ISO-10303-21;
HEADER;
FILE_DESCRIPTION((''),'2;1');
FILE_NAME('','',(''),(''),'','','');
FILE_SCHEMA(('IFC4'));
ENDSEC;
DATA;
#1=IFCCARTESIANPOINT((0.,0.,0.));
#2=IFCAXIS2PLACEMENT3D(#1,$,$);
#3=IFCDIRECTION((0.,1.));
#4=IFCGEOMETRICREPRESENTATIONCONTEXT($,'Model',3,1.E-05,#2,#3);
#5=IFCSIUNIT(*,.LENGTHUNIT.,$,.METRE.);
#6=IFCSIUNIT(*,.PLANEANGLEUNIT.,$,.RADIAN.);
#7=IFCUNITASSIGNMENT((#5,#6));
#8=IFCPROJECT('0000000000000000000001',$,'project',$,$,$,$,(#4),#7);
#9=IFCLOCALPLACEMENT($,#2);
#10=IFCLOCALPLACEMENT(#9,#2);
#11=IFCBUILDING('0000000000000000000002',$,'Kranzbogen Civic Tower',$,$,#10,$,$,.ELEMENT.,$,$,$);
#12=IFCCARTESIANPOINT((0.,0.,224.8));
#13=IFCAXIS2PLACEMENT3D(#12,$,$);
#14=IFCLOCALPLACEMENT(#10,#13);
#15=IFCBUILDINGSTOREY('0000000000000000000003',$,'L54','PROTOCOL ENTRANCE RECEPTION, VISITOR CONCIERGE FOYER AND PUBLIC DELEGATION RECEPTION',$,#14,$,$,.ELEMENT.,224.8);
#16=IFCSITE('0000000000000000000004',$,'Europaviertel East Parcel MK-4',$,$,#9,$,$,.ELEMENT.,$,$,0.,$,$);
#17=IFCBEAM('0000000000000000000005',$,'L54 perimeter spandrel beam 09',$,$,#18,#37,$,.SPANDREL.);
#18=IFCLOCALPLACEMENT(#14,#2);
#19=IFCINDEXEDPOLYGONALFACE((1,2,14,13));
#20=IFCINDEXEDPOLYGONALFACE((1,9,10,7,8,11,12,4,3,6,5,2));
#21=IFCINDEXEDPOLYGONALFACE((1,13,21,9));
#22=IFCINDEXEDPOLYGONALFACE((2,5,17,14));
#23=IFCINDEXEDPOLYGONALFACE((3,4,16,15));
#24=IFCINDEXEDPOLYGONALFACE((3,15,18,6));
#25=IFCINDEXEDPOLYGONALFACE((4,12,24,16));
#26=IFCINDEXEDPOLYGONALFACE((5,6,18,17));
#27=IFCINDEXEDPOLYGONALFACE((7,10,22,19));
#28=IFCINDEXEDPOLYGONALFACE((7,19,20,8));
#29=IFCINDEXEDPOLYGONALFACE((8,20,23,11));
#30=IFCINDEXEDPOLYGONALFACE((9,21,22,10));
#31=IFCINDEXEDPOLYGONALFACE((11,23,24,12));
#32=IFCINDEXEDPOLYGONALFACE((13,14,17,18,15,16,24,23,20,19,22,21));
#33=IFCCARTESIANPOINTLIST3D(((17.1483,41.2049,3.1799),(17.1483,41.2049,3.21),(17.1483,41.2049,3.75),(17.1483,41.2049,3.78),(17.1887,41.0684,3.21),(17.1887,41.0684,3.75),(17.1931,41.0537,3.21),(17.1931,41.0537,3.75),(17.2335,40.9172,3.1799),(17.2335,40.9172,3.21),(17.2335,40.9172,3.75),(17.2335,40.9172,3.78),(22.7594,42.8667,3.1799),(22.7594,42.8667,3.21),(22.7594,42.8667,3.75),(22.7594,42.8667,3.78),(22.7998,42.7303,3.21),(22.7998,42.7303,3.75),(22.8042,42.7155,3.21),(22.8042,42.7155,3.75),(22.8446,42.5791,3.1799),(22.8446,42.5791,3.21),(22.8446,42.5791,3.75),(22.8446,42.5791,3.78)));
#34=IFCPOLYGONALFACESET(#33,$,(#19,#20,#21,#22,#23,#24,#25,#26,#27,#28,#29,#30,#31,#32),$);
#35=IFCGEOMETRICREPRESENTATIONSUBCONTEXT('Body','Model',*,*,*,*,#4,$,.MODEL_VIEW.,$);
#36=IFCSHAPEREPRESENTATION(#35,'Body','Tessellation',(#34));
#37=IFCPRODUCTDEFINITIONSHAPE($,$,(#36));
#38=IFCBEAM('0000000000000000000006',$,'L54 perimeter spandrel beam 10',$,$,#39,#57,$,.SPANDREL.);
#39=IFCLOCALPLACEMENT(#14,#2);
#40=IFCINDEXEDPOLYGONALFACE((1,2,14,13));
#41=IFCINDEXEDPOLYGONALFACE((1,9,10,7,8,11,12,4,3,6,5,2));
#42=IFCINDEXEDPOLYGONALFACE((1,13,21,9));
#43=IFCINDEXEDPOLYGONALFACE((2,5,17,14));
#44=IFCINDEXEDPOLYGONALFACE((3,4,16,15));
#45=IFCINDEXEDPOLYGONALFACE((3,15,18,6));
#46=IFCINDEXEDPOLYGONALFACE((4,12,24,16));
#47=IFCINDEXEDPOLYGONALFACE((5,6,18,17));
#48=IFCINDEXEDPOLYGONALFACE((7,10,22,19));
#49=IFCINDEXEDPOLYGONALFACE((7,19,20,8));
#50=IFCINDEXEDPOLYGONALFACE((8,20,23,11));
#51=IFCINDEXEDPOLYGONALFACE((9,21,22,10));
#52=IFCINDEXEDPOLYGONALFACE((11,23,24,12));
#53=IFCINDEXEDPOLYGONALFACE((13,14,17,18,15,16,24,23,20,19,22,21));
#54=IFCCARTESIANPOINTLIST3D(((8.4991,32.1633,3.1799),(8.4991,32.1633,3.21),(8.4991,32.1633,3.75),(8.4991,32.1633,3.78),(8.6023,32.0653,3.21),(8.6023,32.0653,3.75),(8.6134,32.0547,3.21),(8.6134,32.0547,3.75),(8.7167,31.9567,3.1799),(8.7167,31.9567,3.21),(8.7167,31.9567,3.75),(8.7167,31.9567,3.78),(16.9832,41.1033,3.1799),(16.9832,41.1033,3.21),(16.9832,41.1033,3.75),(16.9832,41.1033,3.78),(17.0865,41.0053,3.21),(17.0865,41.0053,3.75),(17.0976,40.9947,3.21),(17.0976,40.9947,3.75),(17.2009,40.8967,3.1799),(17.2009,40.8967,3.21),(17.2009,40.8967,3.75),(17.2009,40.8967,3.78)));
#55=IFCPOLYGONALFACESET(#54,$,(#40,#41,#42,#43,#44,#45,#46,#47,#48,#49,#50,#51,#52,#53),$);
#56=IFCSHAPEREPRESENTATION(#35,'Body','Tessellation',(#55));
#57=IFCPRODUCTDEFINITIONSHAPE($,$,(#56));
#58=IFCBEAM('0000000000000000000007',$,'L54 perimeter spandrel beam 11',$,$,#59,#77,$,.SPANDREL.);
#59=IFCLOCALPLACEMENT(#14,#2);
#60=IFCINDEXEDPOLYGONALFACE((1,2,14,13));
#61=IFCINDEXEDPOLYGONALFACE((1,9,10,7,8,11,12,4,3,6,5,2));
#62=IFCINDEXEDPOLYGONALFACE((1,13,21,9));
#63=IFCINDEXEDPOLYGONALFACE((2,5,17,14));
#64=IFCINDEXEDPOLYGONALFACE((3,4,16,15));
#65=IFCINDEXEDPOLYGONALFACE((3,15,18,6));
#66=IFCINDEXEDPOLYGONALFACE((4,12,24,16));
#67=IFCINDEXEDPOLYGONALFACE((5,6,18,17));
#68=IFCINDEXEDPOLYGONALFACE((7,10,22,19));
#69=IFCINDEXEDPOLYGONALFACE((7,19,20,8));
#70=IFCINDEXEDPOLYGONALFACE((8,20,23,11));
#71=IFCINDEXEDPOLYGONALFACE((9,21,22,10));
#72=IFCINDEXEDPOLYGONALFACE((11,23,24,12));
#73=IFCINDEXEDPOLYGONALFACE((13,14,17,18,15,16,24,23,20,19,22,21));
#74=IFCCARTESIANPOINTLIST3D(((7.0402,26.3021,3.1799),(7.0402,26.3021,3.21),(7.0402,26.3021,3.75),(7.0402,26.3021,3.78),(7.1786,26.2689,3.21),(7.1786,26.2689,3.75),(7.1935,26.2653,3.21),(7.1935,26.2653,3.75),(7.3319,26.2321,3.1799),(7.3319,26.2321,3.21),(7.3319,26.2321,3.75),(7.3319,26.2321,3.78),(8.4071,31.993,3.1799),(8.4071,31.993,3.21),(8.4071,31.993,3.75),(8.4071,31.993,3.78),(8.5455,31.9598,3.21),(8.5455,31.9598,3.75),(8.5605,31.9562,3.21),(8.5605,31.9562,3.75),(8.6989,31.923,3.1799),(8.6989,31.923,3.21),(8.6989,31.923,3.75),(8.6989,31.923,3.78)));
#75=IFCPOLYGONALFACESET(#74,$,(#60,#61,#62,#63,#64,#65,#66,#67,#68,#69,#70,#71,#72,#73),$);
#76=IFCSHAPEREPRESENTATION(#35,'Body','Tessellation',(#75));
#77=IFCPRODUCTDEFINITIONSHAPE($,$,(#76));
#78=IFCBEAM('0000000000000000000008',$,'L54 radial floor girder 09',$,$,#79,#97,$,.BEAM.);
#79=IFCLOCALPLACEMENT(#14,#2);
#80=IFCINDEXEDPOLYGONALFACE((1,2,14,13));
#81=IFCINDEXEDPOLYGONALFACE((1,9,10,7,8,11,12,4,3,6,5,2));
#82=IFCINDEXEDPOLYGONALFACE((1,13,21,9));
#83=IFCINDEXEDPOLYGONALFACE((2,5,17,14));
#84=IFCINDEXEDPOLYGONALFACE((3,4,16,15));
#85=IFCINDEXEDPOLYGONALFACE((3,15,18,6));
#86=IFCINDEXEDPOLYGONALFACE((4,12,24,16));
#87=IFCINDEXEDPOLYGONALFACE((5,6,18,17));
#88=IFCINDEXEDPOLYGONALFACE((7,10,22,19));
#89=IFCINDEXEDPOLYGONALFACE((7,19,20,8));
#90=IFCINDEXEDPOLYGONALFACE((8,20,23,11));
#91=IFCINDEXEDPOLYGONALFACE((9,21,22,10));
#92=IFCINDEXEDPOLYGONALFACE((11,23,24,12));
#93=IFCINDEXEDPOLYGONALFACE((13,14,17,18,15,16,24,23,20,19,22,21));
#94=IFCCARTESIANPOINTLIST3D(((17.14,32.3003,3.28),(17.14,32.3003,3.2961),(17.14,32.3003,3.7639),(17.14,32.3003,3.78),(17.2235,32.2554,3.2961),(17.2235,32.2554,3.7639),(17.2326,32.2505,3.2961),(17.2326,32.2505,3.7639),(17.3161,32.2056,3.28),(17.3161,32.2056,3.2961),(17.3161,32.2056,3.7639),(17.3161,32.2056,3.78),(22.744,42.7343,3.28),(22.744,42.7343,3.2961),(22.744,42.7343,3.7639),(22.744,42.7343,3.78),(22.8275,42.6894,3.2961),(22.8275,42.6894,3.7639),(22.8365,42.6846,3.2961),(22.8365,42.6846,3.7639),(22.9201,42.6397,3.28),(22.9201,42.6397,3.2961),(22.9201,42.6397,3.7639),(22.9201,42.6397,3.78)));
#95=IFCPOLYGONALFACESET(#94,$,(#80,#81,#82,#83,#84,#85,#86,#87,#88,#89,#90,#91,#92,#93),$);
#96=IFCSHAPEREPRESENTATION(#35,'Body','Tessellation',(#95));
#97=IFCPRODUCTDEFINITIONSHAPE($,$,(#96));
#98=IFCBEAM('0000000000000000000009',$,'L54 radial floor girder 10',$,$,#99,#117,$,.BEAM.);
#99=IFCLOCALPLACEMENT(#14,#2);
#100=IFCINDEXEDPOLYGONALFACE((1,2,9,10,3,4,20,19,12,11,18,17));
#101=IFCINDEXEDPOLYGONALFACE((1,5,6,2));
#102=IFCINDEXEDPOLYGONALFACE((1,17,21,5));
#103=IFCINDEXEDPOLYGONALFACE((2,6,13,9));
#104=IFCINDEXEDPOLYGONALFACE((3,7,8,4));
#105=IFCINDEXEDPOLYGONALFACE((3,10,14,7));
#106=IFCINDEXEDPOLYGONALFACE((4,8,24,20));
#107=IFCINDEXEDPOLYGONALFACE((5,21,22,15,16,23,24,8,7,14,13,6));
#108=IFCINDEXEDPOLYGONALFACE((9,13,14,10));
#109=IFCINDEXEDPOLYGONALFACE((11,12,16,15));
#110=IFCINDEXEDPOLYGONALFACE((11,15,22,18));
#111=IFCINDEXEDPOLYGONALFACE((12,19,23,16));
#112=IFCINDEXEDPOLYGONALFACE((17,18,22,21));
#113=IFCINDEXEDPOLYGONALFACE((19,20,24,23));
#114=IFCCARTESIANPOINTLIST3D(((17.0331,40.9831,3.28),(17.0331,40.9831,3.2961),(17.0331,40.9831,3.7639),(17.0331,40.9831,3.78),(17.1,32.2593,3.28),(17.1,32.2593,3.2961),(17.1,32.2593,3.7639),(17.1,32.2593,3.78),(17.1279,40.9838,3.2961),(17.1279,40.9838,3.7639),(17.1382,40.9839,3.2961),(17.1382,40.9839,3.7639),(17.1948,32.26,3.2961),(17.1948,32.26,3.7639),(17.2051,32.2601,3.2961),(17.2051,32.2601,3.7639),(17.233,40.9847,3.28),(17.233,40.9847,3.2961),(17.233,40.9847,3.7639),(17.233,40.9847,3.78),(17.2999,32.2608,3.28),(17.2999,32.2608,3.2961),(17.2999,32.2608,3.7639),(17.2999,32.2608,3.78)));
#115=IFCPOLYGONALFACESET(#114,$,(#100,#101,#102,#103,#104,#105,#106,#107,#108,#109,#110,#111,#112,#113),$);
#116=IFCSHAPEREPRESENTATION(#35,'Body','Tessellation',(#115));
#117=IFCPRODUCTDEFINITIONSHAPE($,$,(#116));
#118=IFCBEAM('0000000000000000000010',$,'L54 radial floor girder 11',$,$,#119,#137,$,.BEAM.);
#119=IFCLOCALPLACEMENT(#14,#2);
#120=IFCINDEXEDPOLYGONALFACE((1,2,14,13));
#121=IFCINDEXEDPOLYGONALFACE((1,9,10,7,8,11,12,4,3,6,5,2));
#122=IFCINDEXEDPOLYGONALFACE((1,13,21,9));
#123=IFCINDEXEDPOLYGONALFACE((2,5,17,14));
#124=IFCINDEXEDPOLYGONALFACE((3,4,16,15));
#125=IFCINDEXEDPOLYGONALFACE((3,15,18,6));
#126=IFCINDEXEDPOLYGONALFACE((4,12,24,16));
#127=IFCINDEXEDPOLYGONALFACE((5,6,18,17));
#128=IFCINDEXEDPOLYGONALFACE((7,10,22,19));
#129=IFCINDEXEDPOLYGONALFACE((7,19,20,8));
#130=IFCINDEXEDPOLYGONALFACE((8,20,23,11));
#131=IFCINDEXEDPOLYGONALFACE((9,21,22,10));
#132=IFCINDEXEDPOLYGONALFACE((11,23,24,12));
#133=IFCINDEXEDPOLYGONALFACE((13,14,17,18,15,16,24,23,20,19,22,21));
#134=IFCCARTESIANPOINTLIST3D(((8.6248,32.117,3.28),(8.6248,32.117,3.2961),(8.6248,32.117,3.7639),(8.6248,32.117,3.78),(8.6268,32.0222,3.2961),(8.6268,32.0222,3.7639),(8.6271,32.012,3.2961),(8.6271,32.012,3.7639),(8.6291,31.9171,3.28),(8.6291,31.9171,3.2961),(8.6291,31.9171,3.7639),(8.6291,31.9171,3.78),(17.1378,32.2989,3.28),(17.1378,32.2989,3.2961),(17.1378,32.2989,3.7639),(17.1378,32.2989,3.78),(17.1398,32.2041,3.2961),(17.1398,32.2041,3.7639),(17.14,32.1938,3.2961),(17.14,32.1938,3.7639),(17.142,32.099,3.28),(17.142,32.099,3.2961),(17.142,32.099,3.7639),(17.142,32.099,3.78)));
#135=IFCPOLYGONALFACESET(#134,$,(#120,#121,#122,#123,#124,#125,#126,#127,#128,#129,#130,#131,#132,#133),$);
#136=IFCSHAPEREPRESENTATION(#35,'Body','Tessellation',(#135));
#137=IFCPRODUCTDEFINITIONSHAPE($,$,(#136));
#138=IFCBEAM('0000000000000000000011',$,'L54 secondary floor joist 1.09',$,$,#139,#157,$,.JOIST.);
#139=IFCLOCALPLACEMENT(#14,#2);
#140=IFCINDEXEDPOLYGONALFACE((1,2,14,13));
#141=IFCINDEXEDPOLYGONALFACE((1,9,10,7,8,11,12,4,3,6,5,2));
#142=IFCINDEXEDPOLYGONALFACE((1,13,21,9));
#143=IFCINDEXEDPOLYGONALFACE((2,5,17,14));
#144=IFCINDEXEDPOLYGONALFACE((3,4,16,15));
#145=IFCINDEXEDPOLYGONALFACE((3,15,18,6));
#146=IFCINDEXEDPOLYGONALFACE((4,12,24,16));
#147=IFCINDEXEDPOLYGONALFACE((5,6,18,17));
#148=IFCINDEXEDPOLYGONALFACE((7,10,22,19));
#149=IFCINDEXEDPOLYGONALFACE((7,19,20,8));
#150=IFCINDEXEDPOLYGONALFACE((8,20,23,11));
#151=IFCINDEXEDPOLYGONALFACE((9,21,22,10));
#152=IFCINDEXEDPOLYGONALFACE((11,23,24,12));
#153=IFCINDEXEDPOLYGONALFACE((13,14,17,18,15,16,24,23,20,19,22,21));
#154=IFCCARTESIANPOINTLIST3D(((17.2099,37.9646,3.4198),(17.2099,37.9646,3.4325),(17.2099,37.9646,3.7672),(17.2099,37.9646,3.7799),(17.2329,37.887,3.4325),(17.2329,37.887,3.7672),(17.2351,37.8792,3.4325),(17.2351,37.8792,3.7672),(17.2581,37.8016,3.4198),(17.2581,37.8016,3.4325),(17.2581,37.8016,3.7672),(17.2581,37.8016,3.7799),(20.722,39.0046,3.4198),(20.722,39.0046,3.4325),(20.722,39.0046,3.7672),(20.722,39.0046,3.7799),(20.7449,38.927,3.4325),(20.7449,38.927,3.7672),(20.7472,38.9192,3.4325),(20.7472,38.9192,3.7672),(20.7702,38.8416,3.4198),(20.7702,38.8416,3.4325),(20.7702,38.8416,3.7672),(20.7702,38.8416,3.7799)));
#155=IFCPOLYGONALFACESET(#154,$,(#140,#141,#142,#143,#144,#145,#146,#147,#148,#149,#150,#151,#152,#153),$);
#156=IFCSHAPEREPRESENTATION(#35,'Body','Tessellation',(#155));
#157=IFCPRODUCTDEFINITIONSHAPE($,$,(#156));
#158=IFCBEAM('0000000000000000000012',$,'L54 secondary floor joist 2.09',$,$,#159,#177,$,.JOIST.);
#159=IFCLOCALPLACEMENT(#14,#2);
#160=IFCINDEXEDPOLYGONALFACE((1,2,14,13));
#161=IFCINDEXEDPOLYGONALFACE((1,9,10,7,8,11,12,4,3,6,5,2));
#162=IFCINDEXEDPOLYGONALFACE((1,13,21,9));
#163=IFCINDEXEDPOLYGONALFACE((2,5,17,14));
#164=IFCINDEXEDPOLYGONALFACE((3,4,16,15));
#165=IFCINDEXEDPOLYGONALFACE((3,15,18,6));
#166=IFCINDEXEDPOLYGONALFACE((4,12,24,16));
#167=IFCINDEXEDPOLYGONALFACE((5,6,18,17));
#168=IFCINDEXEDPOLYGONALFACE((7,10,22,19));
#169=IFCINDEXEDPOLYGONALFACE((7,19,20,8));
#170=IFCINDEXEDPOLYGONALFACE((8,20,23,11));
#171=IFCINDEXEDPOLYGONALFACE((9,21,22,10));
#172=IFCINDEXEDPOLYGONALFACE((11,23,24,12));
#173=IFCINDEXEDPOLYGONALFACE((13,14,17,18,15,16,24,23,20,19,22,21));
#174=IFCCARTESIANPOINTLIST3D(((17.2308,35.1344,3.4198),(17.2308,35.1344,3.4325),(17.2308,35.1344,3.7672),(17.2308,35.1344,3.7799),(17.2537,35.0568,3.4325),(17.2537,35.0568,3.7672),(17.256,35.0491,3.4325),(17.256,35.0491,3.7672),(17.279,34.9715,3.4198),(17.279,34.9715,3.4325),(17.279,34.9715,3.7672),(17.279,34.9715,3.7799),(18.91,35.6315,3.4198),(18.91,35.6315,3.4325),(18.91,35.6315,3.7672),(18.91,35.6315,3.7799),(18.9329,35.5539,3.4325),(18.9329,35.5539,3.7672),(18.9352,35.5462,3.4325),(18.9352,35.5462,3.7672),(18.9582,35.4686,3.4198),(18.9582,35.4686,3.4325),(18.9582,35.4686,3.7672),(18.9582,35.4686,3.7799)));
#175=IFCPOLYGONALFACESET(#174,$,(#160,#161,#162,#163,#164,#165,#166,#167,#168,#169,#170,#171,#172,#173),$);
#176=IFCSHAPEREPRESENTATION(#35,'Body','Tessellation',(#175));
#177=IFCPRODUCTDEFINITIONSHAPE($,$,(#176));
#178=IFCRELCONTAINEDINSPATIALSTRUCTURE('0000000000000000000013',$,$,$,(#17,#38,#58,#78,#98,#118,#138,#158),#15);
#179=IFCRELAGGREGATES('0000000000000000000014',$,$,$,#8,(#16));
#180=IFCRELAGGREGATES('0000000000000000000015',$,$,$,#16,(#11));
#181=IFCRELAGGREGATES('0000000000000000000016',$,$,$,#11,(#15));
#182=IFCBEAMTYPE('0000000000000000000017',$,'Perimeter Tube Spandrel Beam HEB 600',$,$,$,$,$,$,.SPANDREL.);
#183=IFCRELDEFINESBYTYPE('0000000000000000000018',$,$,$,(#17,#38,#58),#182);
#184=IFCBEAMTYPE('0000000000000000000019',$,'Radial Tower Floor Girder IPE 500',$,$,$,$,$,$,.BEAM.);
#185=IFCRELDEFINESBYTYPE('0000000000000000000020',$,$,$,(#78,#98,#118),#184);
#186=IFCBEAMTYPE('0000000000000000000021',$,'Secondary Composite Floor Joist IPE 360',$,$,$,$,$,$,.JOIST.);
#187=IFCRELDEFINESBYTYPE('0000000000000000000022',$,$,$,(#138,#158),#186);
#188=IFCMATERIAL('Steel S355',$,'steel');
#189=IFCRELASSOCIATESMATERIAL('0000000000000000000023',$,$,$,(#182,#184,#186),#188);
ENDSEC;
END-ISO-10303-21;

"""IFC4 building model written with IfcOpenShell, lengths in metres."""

from ifc_helpers import new_model, si_unit, direction, frame, origin, origin_2d, place, context, subcontext, project, spatial, i_section, extrude, material, material_profile, profile_set, type_object, element, save


model = new_model("IFC4")

# Units and contexts
model_context = context("Model", 3, precision=1e-05, world=origin(), true_north=direction((0.0, 1.0)))
body_context = subcontext(model_context, "Body", "Model", "MODEL_VIEW")
ifc_project = project(units=[si_unit("LENGTHUNIT", "METRE"), si_unit("PLANEANGLEUNIT", "RADIAN")], contexts=[model_context])

# Site, building, storey
site_placement = place(None, origin())
site = spatial("IfcSite", under=ifc_project, at=site_placement, Name="Europaviertel East Parcel MK-4", CompositionType="ELEMENT", RefElevation=0.0)
building_placement = place(site_placement, origin())
building = spatial("IfcBuilding", under=site, at=building_placement, Name="Kranzbogen Civic Tower", CompositionType="ELEMENT")
storey_placement = place(building_placement, frame((0.0, 0.0, 224.8)))
storey = spatial("IfcBuildingStorey", under=building, at=storey_placement, Name="L54", Description="PROTOCOL ENTRANCE RECEPTION, VISITOR CONCIERGE FOYER AND PUBLIC DELEGATION RECEPTION", CompositionType="ELEMENT", Elevation=224.8)

# Shared definitions
ifc_material_1 = material(Name="Steel S355", Category="steel")

# Beams
ifc_material_profile_1 = material_profile(ifc_material_1, i_section(OverallWidth=0.3, OverallDepth=0.6001, WebThickness=0.0154, FlangeThickness=0.03, at=origin_2d()), Name="HEB 600")
ifc_profile_set_1 = profile_set([ifc_material_profile_1], Name="Steel S355")
beam_type_1 = type_object("IfcBeamType", Name="Perimeter Tube Spandrel Beam HEB 600", PredefinedType="SPANDREL", material=ifc_profile_set_1)
beam_1_placement = place(storey_placement, frame((22.802, 42.7229, 3.48), z_axis=(-0.95883, -0.283982, 0.0), x_axis=(0.283982, -0.95883, 0.0)))
element("IfcBeam", 1, at=beam_1_placement, inside=storey, type_object=beam_type_1, Name="L54 perimeter spandrel beam 09", PredefinedType="SPANDREL", context=body_context, shape_type="SweptSolid", body=[
    extrude(i_section(OverallWidth=0.3, OverallDepth=0.6001, WebThickness=0.0154, FlangeThickness=0.03, at=origin_2d()), origin(), (0.0, 0.0, 1.0), 5.8521),
])
beam_2_placement = place(storey_placement, frame((17.092, 41.0, 3.48), z_axis=(-0.688373, -0.725356, 0.0), x_axis=(0.725356, -0.688373, 0.0)))
element("IfcBeam", 2, at=beam_2_placement, inside=storey, type_object=beam_type_1, Name="L54 perimeter spandrel beam 10", PredefinedType="SPANDREL", context=body_context, shape_type="SweptSolid", body=[
    extrude(i_section(OverallWidth=0.3, OverallDepth=0.6001, WebThickness=0.0154, FlangeThickness=0.03, at=origin_2d()), origin(), (0.0, 0.0, 1.0), 12.325),
])
beam_3_placement = place(storey_placement, frame((8.553, 31.958, 3.48), z_axis=(-0.233554, -0.972344, 0.0), x_axis=(0.972344, -0.233554, 0.0)))
element("IfcBeam", 3, at=beam_3_placement, inside=storey, type_object=beam_type_1, Name="L54 perimeter spandrel beam 11", PredefinedType="SPANDREL", context=body_context, shape_type="SweptSolid", body=[
    extrude(i_section(OverallWidth=0.3, OverallDepth=0.6001, WebThickness=0.0154, FlangeThickness=0.03, at=origin_2d()), origin(), (0.0, 0.0, 1.0), 5.8528),
])
ifc_material_profile_2 = material_profile(ifc_material_1, i_section(OverallWidth=0.2, OverallDepth=0.5, WebThickness=0.0103, FlangeThickness=0.0161, at=origin_2d()), Name="IPE 500")
ifc_profile_set_2 = profile_set([ifc_material_profile_2], Name="Steel S355")
beam_type_2 = type_object("IfcBeamType", Name="Radial Tower Floor Girder IPE 500", PredefinedType="BEAM", material=ifc_profile_set_2)
beam_4_placement = place(storey_placement, frame((22.832, 42.687, 3.53), z_axis=(-0.47316, -0.880976, 0.0), x_axis=(0.880976, -0.47316, 0.0)))
element("IfcBeam", 4, at=beam_4_placement, inside=storey, type_object=beam_type_2, Name="L54 radial floor girder 09", PredefinedType="BEAM", context=body_context, shape_type="SweptSolid", body=[
    extrude(i_section(OverallWidth=0.2, OverallDepth=0.5, WebThickness=0.0103, FlangeThickness=0.0161, at=origin_2d()), origin(), (0.0, 0.0, 1.0), 11.8438),
])
beam_5_placement = place(storey_placement, frame((17.1331, 40.9839, 3.53), z_axis=(0.007668, -0.999971, 0.0), x_axis=(0.999971, 0.007668, 0.0)))
element("IfcBeam", 5, at=beam_5_placement, inside=storey, type_object=beam_type_2, Name="L54 radial floor girder 10", PredefinedType="BEAM", context=body_context, shape_type="SweptSolid", body=[
    extrude(i_section(OverallWidth=0.2, OverallDepth=0.5, WebThickness=0.0103, FlangeThickness=0.0161, at=origin_2d()), origin(), (0.0, 0.0, 1.0), 8.7241),
])
beam_6_placement = place(storey_placement, frame((8.627, 32.0171, 3.53), z_axis=(0.999772, 0.021361, 0.0), x_axis=(-0.021361, 0.999772, 0.0)))
element("IfcBeam", 6, at=beam_6_placement, inside=storey, type_object=beam_type_2, Name="L54 radial floor girder 11", PredefinedType="BEAM", context=body_context, shape_type="SweptSolid", body=[
    extrude(i_section(OverallWidth=0.2, OverallDepth=0.5, WebThickness=0.0103, FlangeThickness=0.0161, at=origin_2d()), origin(), (0.0, 0.0, 1.0), 8.5149),
])
ifc_material_profile_3 = material_profile(ifc_material_1, i_section(OverallWidth=0.1699, OverallDepth=0.3601, WebThickness=0.0081, FlangeThickness=0.0127, at=origin_2d()), Name="IPE 360")
ifc_profile_set_3 = profile_set([ifc_material_profile_3], Name="Steel S355")
beam_type_3 = type_object("IfcBeamType", Name="Secondary Composite Floor Joist IPE 360", PredefinedType="JOIST", material=ifc_profile_set_3)
beam_7_placement = place(storey_placement, frame((20.7461, 38.9231, 3.5999), z_axis=(-0.958844, -0.283934, 0.0), x_axis=(0.283934, -0.958844, 0.0)))
element("IfcBeam", 7, at=beam_7_placement, inside=storey, type_object=beam_type_3, Name="L54 secondary floor joist 1.09", PredefinedType="JOIST", context=body_context, shape_type="SweptSolid", body=[
    extrude(i_section(OverallWidth=0.1699, OverallDepth=0.3601, WebThickness=0.0081, FlangeThickness=0.0127, at=origin_2d()), origin(), (0.0, 0.0, 1.0), 3.6628),
])
beam_8_placement = place(storey_placement, frame((18.9341, 35.55, 3.5999), z_axis=(-0.958871, -0.283841, 0.0), x_axis=(0.283841, -0.958871, 0.0)))
element("IfcBeam", 8, at=beam_8_placement, inside=storey, type_object=beam_type_3, Name="L54 secondary floor joist 2.09", PredefinedType="JOIST", context=body_context, shape_type="SweptSolid", body=[
    extrude(i_section(OverallWidth=0.1699, OverallDepth=0.3601, WebThickness=0.0081, FlangeThickness=0.0127, at=origin_2d()), origin(), (0.0, 0.0, 1.0), 1.7512),
])

save(model, "model.ifc")
